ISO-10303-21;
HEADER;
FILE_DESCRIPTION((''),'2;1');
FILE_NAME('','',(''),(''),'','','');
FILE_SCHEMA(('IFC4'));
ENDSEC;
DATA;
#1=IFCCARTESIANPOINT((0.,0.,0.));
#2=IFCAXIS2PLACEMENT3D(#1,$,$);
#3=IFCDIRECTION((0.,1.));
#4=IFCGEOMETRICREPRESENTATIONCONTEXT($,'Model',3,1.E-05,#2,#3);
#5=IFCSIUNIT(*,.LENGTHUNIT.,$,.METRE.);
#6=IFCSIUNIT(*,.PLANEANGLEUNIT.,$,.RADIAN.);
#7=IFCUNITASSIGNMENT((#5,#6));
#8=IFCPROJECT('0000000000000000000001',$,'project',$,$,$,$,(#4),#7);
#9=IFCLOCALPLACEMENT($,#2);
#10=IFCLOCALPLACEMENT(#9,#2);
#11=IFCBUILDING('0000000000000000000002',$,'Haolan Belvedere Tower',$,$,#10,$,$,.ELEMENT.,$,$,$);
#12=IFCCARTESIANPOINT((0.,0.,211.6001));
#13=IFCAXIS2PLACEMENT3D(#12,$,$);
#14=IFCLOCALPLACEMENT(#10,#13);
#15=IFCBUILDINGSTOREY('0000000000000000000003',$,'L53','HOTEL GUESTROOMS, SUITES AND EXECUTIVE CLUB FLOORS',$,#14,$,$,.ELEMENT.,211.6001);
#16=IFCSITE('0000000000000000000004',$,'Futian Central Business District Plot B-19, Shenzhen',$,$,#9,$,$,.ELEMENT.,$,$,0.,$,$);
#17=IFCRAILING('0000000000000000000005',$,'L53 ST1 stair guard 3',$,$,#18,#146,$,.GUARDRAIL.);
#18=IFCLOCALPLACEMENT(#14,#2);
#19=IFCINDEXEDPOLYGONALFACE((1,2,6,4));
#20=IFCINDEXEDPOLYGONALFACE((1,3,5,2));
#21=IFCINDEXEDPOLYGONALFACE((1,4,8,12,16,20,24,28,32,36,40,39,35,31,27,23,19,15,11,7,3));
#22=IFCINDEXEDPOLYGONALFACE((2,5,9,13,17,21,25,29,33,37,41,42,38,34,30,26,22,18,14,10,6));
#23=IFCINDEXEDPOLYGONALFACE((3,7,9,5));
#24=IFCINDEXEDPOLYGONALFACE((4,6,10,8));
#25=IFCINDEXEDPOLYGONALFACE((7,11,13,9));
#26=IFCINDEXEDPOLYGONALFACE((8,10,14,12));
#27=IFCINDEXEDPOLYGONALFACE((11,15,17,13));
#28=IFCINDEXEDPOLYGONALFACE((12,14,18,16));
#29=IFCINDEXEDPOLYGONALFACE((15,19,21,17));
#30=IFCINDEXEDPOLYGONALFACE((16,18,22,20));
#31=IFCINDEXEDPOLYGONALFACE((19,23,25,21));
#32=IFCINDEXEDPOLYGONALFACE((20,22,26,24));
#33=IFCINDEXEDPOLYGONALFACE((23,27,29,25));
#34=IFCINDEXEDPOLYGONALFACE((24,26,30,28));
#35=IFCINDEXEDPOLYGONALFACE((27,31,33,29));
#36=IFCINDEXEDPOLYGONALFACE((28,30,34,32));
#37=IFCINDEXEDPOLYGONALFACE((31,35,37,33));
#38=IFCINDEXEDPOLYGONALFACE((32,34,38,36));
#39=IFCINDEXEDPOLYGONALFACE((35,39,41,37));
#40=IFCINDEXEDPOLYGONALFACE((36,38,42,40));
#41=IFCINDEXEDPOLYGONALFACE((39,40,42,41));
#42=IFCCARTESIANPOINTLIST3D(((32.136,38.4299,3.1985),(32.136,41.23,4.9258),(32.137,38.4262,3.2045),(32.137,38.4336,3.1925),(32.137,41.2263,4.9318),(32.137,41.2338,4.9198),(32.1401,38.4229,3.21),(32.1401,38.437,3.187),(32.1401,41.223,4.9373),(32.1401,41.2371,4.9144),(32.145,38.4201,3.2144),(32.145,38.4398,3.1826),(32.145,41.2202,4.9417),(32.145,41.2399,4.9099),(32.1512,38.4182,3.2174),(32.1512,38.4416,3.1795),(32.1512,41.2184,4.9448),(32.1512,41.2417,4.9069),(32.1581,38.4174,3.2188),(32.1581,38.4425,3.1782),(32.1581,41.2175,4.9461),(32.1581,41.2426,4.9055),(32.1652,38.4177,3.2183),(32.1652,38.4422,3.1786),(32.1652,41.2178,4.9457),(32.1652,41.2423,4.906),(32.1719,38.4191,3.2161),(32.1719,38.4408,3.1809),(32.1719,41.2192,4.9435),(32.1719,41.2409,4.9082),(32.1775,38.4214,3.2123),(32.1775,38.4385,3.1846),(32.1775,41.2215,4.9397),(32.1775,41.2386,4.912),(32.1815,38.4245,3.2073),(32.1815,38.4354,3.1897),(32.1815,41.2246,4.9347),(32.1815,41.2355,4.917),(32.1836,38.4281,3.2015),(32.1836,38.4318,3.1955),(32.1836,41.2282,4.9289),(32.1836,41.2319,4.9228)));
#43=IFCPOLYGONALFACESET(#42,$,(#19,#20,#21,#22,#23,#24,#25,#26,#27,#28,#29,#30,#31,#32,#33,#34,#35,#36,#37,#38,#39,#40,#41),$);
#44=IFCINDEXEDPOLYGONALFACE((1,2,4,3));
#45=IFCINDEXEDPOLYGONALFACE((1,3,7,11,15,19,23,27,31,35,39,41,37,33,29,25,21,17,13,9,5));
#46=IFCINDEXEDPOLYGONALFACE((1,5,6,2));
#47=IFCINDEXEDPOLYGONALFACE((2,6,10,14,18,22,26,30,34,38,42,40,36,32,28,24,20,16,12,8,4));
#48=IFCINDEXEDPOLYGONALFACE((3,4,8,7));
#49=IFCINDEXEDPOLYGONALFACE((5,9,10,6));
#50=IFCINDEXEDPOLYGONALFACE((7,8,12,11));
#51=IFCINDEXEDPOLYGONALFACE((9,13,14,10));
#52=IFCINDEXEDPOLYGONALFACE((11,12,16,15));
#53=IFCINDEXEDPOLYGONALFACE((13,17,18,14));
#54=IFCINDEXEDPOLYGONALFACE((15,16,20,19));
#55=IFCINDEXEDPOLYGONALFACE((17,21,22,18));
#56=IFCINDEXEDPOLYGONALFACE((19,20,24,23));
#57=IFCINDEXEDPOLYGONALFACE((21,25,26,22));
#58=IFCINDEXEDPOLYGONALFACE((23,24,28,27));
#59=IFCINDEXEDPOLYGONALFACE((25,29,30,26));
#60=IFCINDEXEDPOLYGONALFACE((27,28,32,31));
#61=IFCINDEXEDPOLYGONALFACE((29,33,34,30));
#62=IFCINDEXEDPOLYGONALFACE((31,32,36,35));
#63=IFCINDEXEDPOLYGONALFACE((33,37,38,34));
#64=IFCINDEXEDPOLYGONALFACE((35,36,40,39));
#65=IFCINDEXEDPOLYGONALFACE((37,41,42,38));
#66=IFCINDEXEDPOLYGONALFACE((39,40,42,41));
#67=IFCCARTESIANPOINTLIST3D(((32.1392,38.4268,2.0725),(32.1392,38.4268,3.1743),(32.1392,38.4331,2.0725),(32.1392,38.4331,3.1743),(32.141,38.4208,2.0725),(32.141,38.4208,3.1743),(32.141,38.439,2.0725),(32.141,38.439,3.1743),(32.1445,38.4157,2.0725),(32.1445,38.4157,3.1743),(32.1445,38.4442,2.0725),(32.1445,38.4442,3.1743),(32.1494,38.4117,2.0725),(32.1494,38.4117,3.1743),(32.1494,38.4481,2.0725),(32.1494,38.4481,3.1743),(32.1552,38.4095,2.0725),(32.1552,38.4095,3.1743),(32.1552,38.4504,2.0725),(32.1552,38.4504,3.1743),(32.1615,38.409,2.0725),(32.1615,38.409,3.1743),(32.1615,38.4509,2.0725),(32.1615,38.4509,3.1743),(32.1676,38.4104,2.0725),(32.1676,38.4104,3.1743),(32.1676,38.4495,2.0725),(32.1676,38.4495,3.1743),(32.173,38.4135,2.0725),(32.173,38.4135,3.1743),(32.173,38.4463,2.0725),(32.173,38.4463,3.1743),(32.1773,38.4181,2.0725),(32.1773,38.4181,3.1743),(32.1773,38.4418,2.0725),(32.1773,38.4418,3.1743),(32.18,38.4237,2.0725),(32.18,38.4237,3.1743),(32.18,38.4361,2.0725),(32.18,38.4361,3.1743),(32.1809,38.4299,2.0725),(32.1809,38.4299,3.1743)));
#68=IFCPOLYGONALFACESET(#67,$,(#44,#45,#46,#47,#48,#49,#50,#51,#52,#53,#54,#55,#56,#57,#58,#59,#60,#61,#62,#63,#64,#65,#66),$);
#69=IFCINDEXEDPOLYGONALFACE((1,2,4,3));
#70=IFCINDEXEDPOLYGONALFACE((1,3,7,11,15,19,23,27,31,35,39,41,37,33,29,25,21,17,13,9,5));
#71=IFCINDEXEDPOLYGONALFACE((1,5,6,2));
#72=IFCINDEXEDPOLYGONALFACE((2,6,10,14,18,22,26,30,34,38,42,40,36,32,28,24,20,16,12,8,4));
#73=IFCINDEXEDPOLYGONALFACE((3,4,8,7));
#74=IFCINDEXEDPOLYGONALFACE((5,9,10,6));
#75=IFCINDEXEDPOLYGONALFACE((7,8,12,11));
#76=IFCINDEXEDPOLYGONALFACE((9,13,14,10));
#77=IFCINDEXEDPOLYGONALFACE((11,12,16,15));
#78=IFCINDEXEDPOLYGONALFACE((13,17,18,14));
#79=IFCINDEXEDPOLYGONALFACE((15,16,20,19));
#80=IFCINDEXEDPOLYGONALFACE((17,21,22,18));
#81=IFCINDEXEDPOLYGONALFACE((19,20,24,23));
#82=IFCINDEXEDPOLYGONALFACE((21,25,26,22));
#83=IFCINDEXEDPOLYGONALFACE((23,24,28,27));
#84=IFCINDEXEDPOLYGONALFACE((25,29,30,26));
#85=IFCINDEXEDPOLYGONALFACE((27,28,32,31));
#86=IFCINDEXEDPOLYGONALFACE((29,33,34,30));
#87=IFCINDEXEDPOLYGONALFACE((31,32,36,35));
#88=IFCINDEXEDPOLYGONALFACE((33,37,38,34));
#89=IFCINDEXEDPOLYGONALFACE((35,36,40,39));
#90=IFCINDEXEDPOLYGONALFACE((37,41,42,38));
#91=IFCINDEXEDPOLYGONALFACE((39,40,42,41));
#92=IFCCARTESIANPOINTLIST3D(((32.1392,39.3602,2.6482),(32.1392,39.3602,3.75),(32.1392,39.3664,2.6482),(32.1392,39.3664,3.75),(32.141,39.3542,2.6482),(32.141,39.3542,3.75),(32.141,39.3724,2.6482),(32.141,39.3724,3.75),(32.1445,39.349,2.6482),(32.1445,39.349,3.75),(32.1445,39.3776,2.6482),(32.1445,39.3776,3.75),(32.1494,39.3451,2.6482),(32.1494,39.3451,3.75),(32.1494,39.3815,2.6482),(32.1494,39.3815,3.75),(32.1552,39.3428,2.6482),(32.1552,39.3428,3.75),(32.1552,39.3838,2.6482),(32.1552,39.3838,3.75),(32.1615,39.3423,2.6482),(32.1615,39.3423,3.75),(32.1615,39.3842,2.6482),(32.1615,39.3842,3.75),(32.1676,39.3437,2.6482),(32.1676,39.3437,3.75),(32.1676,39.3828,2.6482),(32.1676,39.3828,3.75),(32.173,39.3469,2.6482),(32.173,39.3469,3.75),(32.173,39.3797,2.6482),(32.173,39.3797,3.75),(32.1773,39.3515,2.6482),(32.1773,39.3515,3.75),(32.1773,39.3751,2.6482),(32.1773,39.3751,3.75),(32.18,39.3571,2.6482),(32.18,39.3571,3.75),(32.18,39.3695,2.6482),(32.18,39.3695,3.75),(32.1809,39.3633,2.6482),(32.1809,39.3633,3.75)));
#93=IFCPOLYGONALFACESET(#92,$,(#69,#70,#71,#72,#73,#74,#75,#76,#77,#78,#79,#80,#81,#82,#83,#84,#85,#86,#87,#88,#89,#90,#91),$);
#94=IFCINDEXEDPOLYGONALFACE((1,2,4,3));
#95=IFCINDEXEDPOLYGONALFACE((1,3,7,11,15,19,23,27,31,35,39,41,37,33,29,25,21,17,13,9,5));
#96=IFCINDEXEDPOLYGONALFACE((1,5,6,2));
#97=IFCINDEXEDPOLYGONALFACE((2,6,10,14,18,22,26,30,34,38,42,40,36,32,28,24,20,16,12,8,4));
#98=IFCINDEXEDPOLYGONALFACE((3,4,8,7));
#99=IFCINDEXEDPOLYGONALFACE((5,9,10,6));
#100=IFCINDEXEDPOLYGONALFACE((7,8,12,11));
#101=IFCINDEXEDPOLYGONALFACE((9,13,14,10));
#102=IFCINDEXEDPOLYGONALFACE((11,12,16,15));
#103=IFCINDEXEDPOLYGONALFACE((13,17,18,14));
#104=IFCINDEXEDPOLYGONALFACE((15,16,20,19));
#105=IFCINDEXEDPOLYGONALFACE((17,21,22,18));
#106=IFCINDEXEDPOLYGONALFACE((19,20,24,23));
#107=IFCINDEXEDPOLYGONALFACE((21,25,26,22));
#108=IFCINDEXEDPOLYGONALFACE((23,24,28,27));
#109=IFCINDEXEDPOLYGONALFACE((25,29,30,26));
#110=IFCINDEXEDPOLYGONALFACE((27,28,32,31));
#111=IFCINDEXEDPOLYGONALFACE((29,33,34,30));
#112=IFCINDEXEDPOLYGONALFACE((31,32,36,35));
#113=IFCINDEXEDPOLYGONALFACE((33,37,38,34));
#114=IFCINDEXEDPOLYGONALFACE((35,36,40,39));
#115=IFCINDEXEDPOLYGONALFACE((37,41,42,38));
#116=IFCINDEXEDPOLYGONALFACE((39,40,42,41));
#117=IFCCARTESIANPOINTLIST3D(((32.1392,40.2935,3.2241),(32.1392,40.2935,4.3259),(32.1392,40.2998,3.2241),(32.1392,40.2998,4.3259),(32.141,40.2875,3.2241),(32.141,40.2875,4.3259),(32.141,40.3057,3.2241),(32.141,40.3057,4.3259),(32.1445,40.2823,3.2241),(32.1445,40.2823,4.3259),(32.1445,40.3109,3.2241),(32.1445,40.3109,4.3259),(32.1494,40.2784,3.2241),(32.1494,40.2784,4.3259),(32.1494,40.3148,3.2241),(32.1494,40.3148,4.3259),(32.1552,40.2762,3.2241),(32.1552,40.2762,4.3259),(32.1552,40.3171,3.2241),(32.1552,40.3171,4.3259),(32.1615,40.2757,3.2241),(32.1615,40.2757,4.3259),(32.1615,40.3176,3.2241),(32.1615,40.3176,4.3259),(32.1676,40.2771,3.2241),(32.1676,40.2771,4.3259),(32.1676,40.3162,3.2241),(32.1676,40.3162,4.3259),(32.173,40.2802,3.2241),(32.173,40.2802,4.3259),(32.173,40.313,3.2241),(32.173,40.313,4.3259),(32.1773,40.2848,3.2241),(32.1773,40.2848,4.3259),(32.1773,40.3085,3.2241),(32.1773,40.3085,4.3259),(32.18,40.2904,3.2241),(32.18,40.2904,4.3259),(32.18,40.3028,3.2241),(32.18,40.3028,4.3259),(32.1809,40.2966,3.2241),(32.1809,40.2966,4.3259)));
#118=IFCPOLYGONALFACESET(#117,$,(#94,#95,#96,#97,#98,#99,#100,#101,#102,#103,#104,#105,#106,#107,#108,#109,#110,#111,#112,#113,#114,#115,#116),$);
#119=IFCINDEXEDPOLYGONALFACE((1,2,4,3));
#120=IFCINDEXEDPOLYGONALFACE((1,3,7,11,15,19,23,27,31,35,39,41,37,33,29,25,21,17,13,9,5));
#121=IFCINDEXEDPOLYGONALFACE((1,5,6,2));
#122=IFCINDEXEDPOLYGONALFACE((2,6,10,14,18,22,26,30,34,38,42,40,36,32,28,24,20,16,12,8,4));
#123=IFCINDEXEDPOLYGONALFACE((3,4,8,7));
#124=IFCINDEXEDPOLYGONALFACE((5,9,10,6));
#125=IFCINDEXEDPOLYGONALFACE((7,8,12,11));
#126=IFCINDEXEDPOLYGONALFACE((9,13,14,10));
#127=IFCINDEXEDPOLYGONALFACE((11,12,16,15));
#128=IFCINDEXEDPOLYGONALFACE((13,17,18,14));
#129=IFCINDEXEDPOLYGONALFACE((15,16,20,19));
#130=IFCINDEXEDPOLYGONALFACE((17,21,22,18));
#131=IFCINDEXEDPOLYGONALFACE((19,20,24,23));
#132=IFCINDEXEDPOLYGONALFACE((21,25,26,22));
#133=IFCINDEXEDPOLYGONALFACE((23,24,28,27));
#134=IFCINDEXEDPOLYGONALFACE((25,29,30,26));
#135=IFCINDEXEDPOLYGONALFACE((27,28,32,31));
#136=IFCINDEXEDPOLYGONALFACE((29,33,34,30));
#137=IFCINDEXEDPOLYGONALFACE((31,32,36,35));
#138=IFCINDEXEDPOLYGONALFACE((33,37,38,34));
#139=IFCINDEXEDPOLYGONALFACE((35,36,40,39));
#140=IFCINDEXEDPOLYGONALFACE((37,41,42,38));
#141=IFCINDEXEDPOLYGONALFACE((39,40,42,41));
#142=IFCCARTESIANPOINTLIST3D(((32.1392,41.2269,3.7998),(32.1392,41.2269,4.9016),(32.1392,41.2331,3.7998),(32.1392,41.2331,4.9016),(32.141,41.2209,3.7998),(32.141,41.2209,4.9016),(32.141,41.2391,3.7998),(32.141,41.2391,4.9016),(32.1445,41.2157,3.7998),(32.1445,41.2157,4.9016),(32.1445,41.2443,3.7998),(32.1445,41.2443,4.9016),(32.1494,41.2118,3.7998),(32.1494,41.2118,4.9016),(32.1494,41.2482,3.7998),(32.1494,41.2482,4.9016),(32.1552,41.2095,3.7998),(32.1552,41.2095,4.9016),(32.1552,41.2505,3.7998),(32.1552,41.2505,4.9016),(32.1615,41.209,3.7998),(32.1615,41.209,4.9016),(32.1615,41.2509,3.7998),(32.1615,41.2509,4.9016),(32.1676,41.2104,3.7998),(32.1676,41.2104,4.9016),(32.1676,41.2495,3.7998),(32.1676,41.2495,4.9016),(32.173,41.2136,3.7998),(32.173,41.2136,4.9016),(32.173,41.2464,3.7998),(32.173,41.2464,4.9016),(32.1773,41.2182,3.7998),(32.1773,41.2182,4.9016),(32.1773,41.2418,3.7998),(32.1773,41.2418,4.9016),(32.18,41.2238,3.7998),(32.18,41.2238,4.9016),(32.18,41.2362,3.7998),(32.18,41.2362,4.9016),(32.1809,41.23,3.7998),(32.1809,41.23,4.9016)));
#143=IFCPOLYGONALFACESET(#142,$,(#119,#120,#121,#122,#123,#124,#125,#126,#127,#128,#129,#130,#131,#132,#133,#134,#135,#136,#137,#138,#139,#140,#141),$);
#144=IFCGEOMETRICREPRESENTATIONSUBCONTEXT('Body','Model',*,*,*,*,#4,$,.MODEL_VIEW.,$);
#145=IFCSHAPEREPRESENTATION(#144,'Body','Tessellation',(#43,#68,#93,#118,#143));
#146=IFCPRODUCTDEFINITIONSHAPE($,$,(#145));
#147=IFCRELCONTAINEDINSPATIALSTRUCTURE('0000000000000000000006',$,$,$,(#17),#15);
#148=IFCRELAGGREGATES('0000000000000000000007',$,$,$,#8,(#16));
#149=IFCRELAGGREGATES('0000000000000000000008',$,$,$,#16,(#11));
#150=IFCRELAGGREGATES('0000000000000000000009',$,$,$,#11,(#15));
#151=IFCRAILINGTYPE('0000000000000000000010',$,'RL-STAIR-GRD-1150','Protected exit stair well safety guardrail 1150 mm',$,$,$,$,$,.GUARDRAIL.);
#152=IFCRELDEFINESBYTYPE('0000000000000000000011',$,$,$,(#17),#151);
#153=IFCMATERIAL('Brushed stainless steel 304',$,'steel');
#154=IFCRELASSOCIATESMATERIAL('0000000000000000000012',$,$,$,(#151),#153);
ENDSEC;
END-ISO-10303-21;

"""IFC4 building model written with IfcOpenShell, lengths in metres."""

from ifc_helpers import new_model, si_unit, direction, frame, origin, origin_2d, place, context, subcontext, project, spatial, circle, extrude, material, type_object, element, save


model = new_model("IFC4")

# Units and contexts
model_context = context("Model", 3, precision=1e-05, world=origin(), true_north=direction((0.0, 1.0)))
body_context = subcontext(model_context, "Body", "Model", "MODEL_VIEW")
ifc_project = project(units=[si_unit("LENGTHUNIT", "METRE"), si_unit("PLANEANGLEUNIT", "RADIAN")], contexts=[model_context])

# Site, building, storey
site_placement = place(None, origin())
site = spatial("IfcSite", under=ifc_project, at=site_placement, Name="Futian Central Business District Plot B-19, Shenzhen", CompositionType="ELEMENT", RefElevation=0.0)
building_placement = place(site_placement, origin())
building = spatial("IfcBuilding", under=site, at=building_placement, Name="Haolan Belvedere Tower", CompositionType="ELEMENT")
storey_placement = place(building_placement, frame((0.0, 0.0, 211.6001)))
storey = spatial("IfcBuildingStorey", under=building, at=storey_placement, Name="L53", Description="HOTEL GUESTROOMS, SUITES AND EXECUTIVE CLUB FLOORS", CompositionType="ELEMENT", Elevation=211.6001)

# Railing
ifc_material_1 = material(Name="Brushed stainless steel 304", Category="steel")
railing_type_1 = type_object("IfcRailingType", Name="RL-STAIR-GRD-1150", Description="Protected exit stair well safety guardrail 1150 mm", PredefinedType="GUARDRAIL", material=ifc_material_1)
railing_1_placement = place(storey_placement, frame((32.1599, 38.4299, 2.0725)))
element("IfcRailing", 1, at=railing_1_placement, inside=storey, type_object=railing_type_1, Name="L53 ST1 stair guard 3", PredefinedType="GUARDRAIL", context=body_context, shape_type="SweptSolid", body=[
    extrude(circle(Radius=0.0239, at=origin_2d()), frame((0.0, 0.0, 1.126), z_axis=(0.0, 0.85109, 0.52502), x_axis=(-1.0, 0.0, 0.0)), (0.0, 0.0, 1.0), 3.29),
    extrude(circle(Radius=0.021, at=origin_2d()), origin(), (0.0, 0.0, 1.0), 1.1018),
    extrude(circle(Radius=0.021, at=origin_2d()), frame((0.0, 0.9333, 0.5757)), (0.0, 0.0, 1.0), 1.1018),
    extrude(circle(Radius=0.021, at=origin_2d()), frame((0.0, 1.8667, 1.1516)), (0.0, 0.0, 1.0), 1.1018),
    extrude(circle(Radius=0.021, at=origin_2d()), frame((0.0, 2.8, 1.7273)), (0.0, 0.0, 1.0), 1.1018),
])

save(model, "model.ifc")
